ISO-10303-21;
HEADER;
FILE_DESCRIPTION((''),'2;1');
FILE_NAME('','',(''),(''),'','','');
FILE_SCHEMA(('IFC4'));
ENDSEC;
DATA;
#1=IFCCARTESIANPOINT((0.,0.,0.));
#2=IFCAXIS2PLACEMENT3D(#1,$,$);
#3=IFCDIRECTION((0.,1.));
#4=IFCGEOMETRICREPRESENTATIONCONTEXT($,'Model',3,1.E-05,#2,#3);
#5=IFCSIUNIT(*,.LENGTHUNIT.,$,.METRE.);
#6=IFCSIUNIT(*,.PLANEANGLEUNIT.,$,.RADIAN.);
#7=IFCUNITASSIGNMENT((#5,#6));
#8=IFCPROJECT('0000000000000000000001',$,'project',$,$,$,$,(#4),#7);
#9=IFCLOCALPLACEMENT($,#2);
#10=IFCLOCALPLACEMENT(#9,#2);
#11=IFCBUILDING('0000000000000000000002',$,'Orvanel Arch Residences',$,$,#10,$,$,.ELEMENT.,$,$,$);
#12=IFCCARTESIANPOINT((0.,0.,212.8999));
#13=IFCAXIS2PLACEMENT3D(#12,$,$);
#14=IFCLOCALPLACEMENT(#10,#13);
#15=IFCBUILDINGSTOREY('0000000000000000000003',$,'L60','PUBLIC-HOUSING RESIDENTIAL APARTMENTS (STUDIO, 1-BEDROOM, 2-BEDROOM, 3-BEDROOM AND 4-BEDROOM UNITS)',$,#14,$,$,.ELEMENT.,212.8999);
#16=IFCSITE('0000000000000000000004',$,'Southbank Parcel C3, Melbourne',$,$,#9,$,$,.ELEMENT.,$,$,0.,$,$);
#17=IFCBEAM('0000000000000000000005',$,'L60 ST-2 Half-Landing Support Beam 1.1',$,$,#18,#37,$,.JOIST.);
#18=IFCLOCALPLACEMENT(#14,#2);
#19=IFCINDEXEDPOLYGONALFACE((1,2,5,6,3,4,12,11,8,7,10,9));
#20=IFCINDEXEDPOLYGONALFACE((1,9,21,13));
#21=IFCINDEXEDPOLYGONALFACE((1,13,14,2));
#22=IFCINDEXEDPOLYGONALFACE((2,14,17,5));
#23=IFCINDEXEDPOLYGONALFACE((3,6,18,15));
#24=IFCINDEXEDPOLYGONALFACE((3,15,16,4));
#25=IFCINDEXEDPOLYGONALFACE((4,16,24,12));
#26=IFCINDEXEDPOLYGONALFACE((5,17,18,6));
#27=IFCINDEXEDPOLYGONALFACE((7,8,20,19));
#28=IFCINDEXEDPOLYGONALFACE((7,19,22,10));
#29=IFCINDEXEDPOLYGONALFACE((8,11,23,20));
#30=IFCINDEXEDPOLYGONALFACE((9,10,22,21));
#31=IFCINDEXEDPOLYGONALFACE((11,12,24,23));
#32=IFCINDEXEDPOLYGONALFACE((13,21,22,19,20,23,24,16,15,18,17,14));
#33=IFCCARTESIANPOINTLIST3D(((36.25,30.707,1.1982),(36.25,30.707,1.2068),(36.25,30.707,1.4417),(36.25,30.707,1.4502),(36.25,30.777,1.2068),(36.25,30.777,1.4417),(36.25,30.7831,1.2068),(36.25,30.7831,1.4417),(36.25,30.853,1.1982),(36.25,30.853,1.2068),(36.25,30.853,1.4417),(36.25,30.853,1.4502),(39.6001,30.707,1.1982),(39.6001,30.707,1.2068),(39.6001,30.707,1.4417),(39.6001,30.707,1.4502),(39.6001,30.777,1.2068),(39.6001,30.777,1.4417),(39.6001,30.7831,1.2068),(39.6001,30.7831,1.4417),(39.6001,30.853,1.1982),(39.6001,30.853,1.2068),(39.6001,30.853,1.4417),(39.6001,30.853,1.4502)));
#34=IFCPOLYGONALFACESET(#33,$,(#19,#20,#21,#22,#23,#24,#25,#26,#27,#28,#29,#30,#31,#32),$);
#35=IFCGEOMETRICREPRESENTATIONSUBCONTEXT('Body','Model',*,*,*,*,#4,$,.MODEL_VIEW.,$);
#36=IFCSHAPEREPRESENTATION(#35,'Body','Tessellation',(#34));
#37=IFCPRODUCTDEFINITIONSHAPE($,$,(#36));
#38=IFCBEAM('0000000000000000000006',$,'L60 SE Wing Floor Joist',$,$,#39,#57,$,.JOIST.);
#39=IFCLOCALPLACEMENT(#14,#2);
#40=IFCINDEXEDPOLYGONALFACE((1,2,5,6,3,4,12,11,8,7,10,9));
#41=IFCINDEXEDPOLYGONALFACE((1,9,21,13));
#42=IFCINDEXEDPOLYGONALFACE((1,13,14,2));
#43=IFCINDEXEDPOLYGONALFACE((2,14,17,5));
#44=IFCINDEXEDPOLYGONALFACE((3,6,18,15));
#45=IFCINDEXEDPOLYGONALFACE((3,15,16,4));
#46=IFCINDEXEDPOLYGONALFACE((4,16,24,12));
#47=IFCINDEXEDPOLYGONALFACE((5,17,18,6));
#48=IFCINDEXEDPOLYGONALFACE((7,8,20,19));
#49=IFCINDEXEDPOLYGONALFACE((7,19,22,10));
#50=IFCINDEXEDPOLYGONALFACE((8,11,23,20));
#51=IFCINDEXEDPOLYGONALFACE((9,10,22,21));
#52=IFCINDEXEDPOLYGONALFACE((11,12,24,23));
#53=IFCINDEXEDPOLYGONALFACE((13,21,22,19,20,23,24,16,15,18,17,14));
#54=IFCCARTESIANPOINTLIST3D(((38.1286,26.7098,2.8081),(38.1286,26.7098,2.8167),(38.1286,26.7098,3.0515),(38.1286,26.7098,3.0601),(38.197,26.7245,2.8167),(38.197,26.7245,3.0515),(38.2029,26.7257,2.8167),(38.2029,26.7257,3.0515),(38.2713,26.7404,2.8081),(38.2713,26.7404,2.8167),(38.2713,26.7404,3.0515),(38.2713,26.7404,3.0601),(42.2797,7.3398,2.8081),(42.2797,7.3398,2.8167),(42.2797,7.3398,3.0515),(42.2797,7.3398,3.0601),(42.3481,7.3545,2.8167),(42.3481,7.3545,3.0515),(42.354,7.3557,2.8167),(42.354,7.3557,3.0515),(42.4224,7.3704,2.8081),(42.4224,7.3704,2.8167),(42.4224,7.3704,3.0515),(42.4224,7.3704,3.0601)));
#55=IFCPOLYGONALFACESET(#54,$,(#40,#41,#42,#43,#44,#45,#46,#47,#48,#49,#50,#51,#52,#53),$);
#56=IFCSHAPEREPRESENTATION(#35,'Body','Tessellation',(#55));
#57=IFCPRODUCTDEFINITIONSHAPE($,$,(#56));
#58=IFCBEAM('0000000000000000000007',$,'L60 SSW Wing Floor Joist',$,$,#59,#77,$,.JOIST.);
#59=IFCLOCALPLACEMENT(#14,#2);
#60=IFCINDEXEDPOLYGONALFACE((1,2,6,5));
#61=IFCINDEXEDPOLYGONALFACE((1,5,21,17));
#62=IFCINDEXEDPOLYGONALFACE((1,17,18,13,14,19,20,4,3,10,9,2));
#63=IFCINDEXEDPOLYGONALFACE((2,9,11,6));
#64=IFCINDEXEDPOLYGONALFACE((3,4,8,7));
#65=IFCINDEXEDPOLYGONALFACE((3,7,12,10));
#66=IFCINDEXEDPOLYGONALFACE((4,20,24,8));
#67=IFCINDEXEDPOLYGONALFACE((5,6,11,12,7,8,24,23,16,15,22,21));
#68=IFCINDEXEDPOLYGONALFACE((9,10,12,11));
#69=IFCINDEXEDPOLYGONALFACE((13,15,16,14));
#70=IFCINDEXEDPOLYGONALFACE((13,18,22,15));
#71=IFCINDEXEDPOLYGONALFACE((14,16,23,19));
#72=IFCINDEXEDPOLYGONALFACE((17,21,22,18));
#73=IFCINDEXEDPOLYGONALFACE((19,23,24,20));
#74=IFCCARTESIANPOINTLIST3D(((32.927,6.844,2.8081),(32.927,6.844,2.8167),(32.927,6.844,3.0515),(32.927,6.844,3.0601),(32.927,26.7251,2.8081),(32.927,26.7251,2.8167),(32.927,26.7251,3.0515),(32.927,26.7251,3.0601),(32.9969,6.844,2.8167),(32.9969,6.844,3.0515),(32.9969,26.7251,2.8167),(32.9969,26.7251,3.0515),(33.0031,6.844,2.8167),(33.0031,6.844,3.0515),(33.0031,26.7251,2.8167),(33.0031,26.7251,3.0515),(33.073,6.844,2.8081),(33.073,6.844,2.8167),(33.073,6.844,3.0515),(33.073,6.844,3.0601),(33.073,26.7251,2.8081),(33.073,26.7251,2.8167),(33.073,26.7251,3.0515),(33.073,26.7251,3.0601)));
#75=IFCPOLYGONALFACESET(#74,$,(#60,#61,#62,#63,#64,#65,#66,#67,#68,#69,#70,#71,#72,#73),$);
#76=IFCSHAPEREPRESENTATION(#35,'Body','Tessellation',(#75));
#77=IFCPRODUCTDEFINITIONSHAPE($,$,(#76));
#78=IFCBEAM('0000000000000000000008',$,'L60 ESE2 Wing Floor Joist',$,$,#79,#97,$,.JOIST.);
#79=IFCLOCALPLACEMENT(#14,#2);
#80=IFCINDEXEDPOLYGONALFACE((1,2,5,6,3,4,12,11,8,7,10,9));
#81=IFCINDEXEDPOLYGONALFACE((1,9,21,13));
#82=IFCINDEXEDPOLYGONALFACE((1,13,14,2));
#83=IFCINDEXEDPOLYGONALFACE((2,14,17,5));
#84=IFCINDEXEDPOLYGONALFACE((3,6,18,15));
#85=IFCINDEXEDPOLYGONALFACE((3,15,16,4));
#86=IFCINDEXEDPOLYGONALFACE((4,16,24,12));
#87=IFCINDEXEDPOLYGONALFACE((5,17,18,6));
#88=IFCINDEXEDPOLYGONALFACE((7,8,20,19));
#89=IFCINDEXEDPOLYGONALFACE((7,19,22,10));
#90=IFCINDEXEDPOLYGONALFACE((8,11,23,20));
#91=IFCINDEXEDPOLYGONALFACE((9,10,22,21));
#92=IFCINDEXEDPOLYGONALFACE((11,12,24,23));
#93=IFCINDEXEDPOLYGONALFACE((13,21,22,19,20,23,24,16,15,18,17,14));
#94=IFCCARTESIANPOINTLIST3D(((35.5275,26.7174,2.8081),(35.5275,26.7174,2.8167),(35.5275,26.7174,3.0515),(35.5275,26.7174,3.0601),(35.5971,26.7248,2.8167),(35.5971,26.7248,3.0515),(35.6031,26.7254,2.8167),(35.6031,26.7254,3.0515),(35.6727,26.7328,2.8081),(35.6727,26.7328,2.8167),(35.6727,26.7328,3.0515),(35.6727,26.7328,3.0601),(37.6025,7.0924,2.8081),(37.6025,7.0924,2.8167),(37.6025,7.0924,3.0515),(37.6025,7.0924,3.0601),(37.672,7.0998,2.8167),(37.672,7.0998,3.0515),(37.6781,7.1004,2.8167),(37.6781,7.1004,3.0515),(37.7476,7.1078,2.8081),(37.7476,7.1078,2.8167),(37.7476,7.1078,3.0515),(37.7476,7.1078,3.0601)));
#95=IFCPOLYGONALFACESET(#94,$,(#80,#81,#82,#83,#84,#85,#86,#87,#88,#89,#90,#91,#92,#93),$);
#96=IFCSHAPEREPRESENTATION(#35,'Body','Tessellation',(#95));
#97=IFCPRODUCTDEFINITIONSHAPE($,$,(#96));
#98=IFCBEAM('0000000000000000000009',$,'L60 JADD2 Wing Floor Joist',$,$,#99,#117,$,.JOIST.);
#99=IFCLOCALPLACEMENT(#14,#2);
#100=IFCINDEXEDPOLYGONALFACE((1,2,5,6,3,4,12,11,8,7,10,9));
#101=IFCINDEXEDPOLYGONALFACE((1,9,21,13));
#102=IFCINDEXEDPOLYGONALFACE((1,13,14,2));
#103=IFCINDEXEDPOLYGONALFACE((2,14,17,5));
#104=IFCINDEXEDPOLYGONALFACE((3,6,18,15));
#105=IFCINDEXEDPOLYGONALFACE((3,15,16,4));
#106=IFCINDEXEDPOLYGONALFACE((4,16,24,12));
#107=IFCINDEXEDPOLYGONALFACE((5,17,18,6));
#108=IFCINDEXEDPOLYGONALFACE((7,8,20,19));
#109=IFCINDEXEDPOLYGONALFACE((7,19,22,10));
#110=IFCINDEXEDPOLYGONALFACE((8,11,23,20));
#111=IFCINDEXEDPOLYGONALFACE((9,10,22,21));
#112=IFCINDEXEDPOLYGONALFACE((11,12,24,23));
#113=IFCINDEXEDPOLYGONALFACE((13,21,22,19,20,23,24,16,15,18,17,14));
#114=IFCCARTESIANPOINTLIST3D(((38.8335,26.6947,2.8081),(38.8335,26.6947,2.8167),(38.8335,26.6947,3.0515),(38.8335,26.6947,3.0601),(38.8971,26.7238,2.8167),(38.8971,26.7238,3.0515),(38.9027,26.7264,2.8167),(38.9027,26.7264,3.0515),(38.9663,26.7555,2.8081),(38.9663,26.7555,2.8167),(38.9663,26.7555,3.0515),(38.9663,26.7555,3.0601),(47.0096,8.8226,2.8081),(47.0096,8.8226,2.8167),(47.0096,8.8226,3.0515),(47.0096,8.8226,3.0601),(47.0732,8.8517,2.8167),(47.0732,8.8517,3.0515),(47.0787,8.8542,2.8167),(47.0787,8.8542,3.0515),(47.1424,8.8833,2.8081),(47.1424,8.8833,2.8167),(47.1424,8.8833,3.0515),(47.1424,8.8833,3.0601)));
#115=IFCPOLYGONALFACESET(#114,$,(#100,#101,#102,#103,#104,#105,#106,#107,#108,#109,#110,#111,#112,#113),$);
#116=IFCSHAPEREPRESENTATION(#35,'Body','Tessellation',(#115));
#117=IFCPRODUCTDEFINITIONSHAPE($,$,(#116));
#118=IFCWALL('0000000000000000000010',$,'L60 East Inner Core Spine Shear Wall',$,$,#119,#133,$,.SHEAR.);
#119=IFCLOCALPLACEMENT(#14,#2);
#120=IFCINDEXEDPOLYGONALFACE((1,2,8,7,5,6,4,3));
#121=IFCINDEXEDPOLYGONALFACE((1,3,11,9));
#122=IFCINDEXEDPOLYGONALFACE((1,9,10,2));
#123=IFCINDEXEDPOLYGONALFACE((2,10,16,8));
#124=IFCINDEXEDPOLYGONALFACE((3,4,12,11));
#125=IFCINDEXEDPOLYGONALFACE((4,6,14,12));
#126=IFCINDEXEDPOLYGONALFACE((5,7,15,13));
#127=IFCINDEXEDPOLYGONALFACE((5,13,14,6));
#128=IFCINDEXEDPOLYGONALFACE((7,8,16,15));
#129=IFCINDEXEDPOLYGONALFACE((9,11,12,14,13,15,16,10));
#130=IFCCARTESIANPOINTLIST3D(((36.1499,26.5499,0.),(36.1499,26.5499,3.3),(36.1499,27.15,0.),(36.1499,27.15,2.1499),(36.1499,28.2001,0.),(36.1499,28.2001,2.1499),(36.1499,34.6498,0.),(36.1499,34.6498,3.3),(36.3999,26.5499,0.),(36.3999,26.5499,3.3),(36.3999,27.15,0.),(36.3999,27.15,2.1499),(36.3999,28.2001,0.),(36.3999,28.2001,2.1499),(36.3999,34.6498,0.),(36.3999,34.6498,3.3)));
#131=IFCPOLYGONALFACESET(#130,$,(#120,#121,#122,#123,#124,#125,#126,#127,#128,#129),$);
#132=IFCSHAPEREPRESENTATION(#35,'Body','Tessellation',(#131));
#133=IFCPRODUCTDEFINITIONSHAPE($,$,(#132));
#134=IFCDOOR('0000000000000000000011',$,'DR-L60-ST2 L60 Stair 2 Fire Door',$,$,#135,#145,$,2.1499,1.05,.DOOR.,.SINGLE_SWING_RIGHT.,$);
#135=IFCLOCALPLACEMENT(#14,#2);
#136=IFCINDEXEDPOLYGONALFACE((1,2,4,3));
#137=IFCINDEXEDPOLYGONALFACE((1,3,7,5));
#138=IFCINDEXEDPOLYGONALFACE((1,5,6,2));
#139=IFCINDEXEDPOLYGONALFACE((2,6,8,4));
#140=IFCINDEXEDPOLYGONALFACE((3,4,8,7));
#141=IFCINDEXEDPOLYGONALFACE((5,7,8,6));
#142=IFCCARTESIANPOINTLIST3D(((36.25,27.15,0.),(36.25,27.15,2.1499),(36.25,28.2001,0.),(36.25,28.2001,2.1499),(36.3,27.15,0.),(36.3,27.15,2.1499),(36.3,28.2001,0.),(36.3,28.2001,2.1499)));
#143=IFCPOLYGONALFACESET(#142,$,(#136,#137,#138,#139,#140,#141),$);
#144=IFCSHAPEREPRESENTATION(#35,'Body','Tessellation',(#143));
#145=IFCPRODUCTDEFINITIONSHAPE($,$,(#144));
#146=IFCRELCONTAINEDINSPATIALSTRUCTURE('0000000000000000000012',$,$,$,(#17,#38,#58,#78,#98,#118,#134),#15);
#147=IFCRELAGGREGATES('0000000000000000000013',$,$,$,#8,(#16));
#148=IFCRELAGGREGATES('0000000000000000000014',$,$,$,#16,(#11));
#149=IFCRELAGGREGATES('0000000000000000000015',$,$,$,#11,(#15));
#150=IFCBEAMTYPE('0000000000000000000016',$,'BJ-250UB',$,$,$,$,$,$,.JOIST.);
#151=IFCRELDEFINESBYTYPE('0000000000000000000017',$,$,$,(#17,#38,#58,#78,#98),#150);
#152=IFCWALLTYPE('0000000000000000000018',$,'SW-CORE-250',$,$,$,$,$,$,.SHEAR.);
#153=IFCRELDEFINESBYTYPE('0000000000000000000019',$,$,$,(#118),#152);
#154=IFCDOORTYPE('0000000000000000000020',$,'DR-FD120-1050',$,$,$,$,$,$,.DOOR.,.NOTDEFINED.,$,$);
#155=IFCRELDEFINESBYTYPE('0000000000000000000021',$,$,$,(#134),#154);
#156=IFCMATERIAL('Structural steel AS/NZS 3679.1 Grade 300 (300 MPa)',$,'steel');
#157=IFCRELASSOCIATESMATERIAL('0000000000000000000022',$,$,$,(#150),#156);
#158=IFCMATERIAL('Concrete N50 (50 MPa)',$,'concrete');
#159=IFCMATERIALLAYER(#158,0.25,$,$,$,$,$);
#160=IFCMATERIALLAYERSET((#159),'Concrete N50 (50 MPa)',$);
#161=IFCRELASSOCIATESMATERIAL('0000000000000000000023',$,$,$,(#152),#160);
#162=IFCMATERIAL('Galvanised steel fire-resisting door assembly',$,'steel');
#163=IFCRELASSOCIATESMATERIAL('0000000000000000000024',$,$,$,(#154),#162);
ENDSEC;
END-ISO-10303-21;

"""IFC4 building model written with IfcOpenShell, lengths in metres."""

from ifc_helpers import new_model, si_unit, direction, frame, frame_2d, origin, origin_2d, place, context, subcontext, project, spatial, rectangle, i_section, extrude, material, layer, layer_set, material_profile, profile_set, type_object, element, fill, save


model = new_model("IFC4")

# Units and contexts
model_context = context("Model", 3, precision=1e-05, world=origin(), true_north=direction((0.0, 1.0)))
body_context = subcontext(model_context, "Body", "Model", "MODEL_VIEW")
ifc_project = project(units=[si_unit("LENGTHUNIT", "METRE"), si_unit("PLANEANGLEUNIT", "RADIAN")], contexts=[model_context])

# Site, building, storey
site_placement = place(None, origin())
site = spatial("IfcSite", under=ifc_project, at=site_placement, Name="Southbank Parcel C3, Melbourne", CompositionType="ELEMENT", RefElevation=0.0)
building_placement = place(site_placement, origin())
building = spatial("IfcBuilding", under=site, at=building_placement, Name="Orvanel Arch Residences", CompositionType="ELEMENT")
storey_placement = place(building_placement, frame((0.0, 0.0, 212.8999)))
storey = spatial("IfcBuildingStorey", under=building, at=storey_placement, Name="L60", Description="PUBLIC-HOUSING RESIDENTIAL APARTMENTS (STUDIO, 1-BEDROOM, 2-BEDROOM, 3-BEDROOM AND 4-BEDROOM UNITS)", CompositionType="ELEMENT", Elevation=212.8999)

# Beams
ifc_material_1 = material(Name="Structural steel AS/NZS 3679.1 Grade 300 (300 MPa)", Category="steel")
ifc_material_profile = material_profile(ifc_material_1, i_section(OverallWidth=0.146, OverallDepth=0.252, WebThickness=0.0061, FlangeThickness=0.0085, at=origin_2d()), Name="250UB31.4")
ifc_profile_set = profile_set([ifc_material_profile], Name="Structural steel AS/NZS 3679.1 Grade 300 (300 MPa)")
beam_type = type_object("IfcBeamType", Name="BJ-250UB", PredefinedType="JOIST", material=ifc_profile_set)
beam_1_placement = place(storey_placement, frame((36.25, 30.78, 1.3242), z_axis=(1.0, 0.0, 0.0), x_axis=(0.0, 1.0, 0.0)))
element("IfcBeam", 1, at=beam_1_placement, inside=storey, type_object=beam_type, Name="L60 ST-2 Half-Landing Support Beam 1.1", PredefinedType="JOIST", context=body_context, shape_type="SweptSolid", body=[
    extrude(i_section(OverallWidth=0.146, OverallDepth=0.252, WebThickness=0.0061, FlangeThickness=0.0085, at=origin_2d()), origin(), (0.0, 0.0, 1.0), 3.3501),
])
beam_2_placement = place(storey_placement, frame((38.2, 26.7251, 2.9341), z_axis=(0.209548, -0.977798, 0.0), x_axis=(0.977798, 0.209548, 0.0)))
element("IfcBeam", 2, at=beam_2_placement, inside=storey, type_object=beam_type, Name="L60 SE Wing Floor Joist", PredefinedType="JOIST", context=body_context, shape_type="SweptSolid", body=[
    extrude(i_section(OverallWidth=0.146, OverallDepth=0.252, WebThickness=0.0061, FlangeThickness=0.0085, at=origin_2d()), origin(), (0.0, 0.0, 1.0), 19.8098),
])
beam_3_placement = place(storey_placement, frame((33.0, 26.7251, 2.9341), z_axis=(0.0, -1.0, 0.0), x_axis=(1.0, 0.0, 0.0)))
element("IfcBeam", 3, at=beam_3_placement, inside=storey, type_object=beam_type, Name="L60 SSW Wing Floor Joist", PredefinedType="JOIST", context=body_context, shape_type="SweptSolid", body=[
    extrude(i_section(OverallWidth=0.146, OverallDepth=0.252, WebThickness=0.0061, FlangeThickness=0.0085, at=origin_2d()), origin(), (0.0, 0.0, 1.0), 19.8811),
])
beam_4_placement = place(storey_placement, frame((35.6001, 26.7251, 2.9341), z_axis=(0.105144, -0.994457, 0.0), x_axis=(0.994457, 0.105144, 0.0)))
element("IfcBeam", 4, at=beam_4_placement, inside=storey, type_object=beam_type, Name="L60 ESE2 Wing Floor Joist", PredefinedType="JOIST", context=body_context, shape_type="SweptSolid", body=[
    extrude(i_section(OverallWidth=0.146, OverallDepth=0.252, WebThickness=0.0061, FlangeThickness=0.0085, at=origin_2d()), origin(), (0.0, 0.0, 1.0), 19.7344),
])
beam_5_placement = place(storey_placement, frame((38.8999, 26.7251, 2.9341), z_axis=(0.41601, -0.90936, 0.0), x_axis=(0.90936, 0.41601, 0.0)))
element("IfcBeam", 5, at=beam_5_placement, inside=storey, type_object=beam_type, Name="L60 JADD2 Wing Floor Joist", PredefinedType="JOIST", context=body_context, shape_type="SweptSolid", body=[
    extrude(i_section(OverallWidth=0.146, OverallDepth=0.252, WebThickness=0.0061, FlangeThickness=0.0085, at=origin_2d()), origin(), (0.0, 0.0, 1.0), 19.6536),
])

# Wall, opening, door
ifc_material_2 = material(Name="Concrete N50 (50 MPa)", Category="concrete")
ifc_layer_1 = layer(ifc_material_2, 0.25)
ifc_layer_set_1 = layer_set([ifc_layer_1], Name="Concrete N50 (50 MPa)")
wall_type_1 = type_object("IfcWallType", Name="SW-CORE-250", PredefinedType="SHEAR", material=ifc_layer_set_1)
wall_1_placement = place(storey_placement, frame((36.2749, 26.55, 0.0), z_axis=(0.0, 0.0, 1.0), x_axis=(0.0, 1.0, 0.0)))
wall_1 = element("IfcWall", 6, at=wall_1_placement, inside=storey, type_object=wall_type_1, Name="L60 East Inner Core Spine Shear Wall", PredefinedType="SHEAR", context=body_context, shape_type="SweptSolid", body=[
    extrude(rectangle(XDim=8.0999, YDim=0.25, at=frame_2d((4.0498, 0.0))), origin(), (0.0, 0.0, 1.0), 3.3),
])
opening_1_placement = place(wall_1_placement, frame((0.6001, 0.0, 0.0)))
opening_1 = element("IfcOpeningElement", 7, at=opening_1_placement, cuts=wall_1, PredefinedType="OPENING", context=body_context, shape_type="SweptSolid", body=[
    extrude(rectangle(XDim=1.05, YDim=2.1499, at=frame_2d((0.5249, 1.075))), frame((0.0, 0.135, 0.0), z_axis=(0.0, -1.0, 0.0), x_axis=(1.0, 0.0, 0.0)), (0.0, 0.0, 1.0), 0.27),
])
ifc_material_3 = material(Name="Galvanised steel fire-resisting door assembly", Category="steel")
door_type_1 = type_object("IfcDoorType", Name="DR-FD120-1050", OperationType="NOTDEFINED", PredefinedType="DOOR", material=ifc_material_3)
door_1_placement = place(opening_1_placement, origin())
door_1 = element("IfcDoor", 8, at=door_1_placement, inside=storey, type_object=door_type_1, Name="DR-L60-ST2 L60 Stair 2 Fire Door", OperationType="SINGLE_SWING_RIGHT", OverallHeight=2.1499, OverallWidth=1.05, PredefinedType="DOOR", context=body_context, shape_type="SweptSolid", body=[
    extrude(rectangle(XDim=1.05, YDim=2.1499, at=frame_2d((0.5249, 1.075))), frame((0.0, 0.0249, 0.0), z_axis=(0.0, -1.0, 0.0), x_axis=(1.0, 0.0, 0.0)), (0.0, 0.0, 1.0), 0.05),
])
fill(opening_1, door_1)

save(model, "model.ifc")
